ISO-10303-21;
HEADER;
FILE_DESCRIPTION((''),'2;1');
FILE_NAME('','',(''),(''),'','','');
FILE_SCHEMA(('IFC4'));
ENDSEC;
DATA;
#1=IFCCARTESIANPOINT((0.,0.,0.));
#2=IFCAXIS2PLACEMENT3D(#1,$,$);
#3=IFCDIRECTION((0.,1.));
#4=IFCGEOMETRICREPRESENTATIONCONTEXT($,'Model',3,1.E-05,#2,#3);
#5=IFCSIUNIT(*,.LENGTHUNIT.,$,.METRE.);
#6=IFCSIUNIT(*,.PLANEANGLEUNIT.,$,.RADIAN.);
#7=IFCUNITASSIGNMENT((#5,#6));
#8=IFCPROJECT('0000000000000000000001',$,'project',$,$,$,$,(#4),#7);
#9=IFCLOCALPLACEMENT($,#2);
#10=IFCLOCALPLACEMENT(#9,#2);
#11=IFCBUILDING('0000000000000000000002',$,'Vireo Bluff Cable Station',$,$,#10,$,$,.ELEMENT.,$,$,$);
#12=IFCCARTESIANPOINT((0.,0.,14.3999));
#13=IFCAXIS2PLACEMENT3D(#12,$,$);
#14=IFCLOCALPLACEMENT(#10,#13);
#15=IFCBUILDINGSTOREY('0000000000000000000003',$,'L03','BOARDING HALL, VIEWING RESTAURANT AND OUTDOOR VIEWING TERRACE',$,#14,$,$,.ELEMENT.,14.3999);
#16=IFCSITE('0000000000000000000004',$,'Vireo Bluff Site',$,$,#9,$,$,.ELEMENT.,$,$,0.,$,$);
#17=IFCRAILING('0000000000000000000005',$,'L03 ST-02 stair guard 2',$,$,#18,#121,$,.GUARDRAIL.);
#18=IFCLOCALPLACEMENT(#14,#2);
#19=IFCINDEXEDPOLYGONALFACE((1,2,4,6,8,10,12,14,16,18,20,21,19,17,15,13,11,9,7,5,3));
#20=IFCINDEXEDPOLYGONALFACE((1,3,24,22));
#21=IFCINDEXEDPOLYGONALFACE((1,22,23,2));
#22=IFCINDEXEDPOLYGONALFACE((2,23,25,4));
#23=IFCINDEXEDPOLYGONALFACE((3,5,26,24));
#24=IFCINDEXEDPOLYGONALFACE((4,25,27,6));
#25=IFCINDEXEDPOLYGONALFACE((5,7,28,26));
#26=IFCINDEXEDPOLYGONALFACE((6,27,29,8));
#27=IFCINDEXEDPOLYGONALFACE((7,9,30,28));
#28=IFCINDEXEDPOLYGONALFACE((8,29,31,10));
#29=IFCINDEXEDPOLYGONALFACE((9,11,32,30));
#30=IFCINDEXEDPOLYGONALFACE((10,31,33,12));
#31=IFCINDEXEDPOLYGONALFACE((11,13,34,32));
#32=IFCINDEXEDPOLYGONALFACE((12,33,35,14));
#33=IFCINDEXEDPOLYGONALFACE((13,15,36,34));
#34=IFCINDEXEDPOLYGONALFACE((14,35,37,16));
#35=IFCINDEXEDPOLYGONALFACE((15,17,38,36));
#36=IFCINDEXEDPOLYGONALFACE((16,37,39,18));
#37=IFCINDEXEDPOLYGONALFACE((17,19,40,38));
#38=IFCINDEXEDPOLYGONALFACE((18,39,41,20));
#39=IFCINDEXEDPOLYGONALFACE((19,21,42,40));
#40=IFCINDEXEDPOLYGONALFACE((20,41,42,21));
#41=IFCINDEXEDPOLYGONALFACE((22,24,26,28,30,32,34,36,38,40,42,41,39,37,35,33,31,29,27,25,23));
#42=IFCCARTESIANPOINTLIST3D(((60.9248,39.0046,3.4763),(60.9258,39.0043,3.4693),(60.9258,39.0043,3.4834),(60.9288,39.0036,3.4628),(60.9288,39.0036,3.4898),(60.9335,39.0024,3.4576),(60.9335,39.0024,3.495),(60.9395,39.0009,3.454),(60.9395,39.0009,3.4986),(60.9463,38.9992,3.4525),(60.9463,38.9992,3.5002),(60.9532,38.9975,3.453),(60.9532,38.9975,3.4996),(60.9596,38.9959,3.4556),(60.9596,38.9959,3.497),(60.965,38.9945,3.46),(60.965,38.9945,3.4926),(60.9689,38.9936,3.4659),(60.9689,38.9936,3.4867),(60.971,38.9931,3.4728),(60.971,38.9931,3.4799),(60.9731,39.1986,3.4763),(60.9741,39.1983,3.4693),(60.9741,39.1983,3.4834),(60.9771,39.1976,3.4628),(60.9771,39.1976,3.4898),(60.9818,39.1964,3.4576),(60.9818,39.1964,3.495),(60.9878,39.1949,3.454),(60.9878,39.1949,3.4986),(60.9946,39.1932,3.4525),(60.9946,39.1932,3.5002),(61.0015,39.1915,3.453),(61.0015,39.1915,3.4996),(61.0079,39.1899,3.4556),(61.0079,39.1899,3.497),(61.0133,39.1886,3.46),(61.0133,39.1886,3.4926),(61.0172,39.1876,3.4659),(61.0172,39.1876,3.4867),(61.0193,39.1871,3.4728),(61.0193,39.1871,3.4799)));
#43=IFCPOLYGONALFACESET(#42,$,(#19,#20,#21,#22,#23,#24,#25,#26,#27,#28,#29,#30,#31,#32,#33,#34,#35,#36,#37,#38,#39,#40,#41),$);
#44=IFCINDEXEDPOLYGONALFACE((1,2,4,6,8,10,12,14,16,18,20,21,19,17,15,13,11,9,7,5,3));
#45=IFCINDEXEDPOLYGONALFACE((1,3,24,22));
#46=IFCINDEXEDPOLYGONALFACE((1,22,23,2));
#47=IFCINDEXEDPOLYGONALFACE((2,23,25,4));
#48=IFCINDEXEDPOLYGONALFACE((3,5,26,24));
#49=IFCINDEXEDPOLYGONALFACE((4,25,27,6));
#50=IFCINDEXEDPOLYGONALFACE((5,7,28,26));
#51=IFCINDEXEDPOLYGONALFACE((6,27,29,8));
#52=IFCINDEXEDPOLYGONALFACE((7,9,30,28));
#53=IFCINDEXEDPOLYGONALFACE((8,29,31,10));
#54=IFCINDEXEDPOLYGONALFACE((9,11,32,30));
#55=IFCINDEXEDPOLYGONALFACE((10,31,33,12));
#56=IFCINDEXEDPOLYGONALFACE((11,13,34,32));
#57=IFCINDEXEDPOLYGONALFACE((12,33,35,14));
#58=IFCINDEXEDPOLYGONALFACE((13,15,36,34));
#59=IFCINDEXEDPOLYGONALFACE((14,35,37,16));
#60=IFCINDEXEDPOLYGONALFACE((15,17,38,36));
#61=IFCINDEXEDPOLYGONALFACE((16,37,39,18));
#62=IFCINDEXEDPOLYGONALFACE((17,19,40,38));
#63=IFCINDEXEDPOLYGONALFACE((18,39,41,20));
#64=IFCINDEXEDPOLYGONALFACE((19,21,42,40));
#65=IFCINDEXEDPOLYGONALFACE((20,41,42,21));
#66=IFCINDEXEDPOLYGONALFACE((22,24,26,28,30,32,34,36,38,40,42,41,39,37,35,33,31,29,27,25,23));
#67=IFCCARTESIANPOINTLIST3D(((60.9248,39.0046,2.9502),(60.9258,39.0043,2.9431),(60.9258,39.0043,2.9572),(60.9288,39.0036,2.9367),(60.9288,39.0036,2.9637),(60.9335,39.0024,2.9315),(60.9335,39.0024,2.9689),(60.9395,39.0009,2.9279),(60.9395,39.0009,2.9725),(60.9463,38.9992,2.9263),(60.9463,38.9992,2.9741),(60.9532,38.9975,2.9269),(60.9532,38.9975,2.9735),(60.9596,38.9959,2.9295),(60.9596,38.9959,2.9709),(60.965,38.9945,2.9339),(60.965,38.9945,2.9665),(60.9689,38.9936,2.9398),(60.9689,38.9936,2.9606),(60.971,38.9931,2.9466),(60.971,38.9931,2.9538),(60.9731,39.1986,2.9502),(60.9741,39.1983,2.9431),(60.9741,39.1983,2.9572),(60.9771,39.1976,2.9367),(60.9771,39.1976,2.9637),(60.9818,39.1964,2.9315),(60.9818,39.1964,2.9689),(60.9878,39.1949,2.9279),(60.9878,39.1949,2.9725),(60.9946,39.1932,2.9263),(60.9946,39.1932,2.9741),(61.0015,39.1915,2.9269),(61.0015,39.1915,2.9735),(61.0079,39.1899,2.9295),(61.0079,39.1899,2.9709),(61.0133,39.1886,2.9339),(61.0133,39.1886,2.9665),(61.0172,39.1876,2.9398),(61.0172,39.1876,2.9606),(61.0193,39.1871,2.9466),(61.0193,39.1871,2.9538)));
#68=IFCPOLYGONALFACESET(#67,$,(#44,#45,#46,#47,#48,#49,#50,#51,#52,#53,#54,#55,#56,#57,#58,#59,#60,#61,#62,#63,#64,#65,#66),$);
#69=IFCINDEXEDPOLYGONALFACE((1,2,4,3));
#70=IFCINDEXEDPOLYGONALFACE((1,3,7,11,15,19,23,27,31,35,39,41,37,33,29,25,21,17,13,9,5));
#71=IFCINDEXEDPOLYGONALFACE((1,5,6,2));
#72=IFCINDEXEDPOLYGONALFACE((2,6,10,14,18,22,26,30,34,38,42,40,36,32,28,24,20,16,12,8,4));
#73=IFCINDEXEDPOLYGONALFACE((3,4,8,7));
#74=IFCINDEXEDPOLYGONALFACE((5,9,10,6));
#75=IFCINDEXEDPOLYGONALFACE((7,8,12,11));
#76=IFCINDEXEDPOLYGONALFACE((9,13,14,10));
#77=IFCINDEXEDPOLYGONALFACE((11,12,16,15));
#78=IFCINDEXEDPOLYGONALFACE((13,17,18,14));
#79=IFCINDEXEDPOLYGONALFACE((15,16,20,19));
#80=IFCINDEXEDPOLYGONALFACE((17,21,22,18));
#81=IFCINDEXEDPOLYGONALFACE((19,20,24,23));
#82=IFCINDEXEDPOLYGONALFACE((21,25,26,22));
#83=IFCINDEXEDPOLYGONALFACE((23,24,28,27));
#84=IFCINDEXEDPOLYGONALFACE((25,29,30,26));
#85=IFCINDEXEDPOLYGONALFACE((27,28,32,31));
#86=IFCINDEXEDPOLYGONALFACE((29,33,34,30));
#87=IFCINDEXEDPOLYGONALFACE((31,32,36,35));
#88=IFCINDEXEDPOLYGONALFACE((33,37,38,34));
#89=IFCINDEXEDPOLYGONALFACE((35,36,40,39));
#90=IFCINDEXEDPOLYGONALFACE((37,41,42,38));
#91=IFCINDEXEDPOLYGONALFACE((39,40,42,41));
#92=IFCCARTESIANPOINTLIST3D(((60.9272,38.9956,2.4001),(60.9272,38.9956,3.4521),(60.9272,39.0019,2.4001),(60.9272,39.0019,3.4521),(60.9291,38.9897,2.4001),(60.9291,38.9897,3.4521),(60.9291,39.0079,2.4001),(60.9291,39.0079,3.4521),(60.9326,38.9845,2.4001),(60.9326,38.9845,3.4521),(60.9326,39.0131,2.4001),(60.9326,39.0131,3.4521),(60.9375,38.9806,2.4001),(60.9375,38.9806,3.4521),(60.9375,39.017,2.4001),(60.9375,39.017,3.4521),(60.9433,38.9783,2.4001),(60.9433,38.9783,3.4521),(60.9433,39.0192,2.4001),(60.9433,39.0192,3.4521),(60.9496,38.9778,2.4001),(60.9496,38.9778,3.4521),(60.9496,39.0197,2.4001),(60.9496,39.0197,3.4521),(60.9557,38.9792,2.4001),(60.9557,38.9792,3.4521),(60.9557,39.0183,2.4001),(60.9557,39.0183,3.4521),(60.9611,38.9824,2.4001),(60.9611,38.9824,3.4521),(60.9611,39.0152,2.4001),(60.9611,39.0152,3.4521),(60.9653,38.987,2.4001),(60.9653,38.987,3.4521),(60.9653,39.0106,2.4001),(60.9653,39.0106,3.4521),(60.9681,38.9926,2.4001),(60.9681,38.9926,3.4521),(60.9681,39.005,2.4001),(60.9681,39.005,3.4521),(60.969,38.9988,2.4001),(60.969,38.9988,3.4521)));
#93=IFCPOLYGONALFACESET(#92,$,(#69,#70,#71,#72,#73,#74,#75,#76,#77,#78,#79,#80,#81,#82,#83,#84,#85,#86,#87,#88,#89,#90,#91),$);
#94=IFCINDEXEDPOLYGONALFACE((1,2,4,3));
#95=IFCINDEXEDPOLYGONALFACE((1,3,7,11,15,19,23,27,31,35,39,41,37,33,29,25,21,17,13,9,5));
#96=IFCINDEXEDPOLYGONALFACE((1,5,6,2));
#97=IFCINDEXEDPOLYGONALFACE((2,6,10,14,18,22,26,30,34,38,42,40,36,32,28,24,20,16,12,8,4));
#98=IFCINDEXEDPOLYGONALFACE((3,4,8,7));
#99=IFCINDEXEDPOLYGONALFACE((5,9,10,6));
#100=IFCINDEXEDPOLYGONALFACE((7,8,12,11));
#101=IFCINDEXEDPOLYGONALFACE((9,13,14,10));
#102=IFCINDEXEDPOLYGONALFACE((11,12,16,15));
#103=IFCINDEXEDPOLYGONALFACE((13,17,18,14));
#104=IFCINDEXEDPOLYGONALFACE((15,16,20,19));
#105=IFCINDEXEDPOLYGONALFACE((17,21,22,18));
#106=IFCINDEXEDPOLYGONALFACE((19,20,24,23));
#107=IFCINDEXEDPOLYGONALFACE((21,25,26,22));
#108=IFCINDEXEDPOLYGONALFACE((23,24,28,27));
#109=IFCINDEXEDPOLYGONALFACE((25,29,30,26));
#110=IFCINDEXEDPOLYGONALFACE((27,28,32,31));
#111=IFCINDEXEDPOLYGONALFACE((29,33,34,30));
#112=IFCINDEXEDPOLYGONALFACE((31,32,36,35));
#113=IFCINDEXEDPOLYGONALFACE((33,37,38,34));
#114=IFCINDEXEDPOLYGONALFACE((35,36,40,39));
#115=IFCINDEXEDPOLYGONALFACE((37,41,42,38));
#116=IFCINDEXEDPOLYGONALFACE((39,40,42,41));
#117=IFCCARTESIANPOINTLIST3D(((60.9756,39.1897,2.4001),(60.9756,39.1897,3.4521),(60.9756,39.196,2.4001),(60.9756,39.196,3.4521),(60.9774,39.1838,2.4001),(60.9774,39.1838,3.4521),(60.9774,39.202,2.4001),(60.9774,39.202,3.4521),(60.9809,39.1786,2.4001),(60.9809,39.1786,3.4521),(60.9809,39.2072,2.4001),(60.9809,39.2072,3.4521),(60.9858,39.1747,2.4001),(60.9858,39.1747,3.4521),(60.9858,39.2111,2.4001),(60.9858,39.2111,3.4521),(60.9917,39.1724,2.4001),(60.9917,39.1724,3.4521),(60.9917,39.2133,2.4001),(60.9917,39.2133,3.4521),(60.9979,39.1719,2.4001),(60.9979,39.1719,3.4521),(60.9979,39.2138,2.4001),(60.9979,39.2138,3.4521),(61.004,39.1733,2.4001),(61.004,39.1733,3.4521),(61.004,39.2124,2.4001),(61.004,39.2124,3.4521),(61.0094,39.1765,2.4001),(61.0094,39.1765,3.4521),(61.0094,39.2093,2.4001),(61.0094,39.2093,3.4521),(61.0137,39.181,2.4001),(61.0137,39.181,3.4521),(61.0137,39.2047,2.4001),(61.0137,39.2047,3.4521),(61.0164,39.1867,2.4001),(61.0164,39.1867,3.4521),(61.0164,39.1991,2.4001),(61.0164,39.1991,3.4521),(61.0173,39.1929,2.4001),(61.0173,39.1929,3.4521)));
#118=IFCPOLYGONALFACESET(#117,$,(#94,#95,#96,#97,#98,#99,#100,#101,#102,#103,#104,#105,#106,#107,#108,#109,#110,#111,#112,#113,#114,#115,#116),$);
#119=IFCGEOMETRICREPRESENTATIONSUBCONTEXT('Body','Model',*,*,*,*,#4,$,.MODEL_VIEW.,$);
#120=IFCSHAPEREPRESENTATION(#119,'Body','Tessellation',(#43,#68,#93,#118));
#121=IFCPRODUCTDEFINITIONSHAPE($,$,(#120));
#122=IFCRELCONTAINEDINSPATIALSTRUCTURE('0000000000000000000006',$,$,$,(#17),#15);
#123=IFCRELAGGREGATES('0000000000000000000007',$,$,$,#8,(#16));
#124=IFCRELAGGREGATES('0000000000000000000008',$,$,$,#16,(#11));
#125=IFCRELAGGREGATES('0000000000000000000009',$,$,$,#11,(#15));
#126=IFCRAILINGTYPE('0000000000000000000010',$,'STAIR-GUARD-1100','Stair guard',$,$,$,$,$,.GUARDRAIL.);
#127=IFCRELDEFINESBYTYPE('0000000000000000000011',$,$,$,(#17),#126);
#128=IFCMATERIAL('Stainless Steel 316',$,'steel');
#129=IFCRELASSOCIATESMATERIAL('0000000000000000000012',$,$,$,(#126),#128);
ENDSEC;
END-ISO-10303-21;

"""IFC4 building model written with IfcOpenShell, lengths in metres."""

from ifc_helpers import new_model, si_unit, direction, frame, origin, origin_2d, place, context, subcontext, project, spatial, circle, extrude, material, type_object, element, save


model = new_model("IFC4")

# Units and contexts
model_context = context("Model", 3, precision=1e-05, world=origin(), true_north=direction((0.0, 1.0)))
body_context = subcontext(model_context, "Body", "Model", "MODEL_VIEW")
ifc_project = project(units=[si_unit("LENGTHUNIT", "METRE"), si_unit("PLANEANGLEUNIT", "RADIAN")], contexts=[model_context])

# Site, building, storey
site_placement = place(None, origin())
site = spatial("IfcSite", under=ifc_project, at=site_placement, Name="Vireo Bluff Site", CompositionType="ELEMENT", RefElevation=0.0)
building_placement = place(site_placement, origin())
building = spatial("IfcBuilding", under=site, at=building_placement, Name="Vireo Bluff Cable Station", CompositionType="ELEMENT")
storey_placement = place(building_placement, frame((0.0, 0.0, 14.3999)))
storey = spatial("IfcBuildingStorey", under=building, at=storey_placement, Name="L03", Description="BOARDING HALL, VIEWING RESTAURANT AND OUTDOOR VIEWING TERRACE", CompositionType="ELEMENT", Elevation=14.3999)

# Shared definitions
ifc_material_1 = material(Name="Stainless Steel 316", Category="steel")

# Railing
railing_type_1 = type_object("IfcRailingType", Name="STAIR-GUARD-1100", Description="Stair guard", PredefinedType="GUARDRAIL", material=ifc_material_1)
railing_1_placement = place(storey_placement, frame((60.948, 38.9988, 2.4001)))
element("IfcRailing", 1, at=railing_1_placement, inside=storey, type_object=railing_type_1, Name="L03 ST-02 stair guard 2", PredefinedType="GUARDRAIL", context=body_context, shape_type="SweptSolid", body=[
    extrude(circle(Radius=0.0239, at=origin_2d()), frame((0.0, 0.0, 1.0762), z_axis=(0.241674, 0.970358, 0.0), x_axis=(-0.970358, 0.241674, 0.0)), (0.0, 0.0, 1.0), 0.2),
    extrude(circle(Radius=0.0239, at=origin_2d()), frame((0.0, 0.0, 0.55), z_axis=(0.241674, 0.970358, 0.0), x_axis=(-0.970358, 0.241674, 0.0)), (0.0, 0.0, 1.0), 0.2),
    extrude(circle(Radius=0.021, at=origin_2d()), origin(), (0.0, 0.0, 1.0), 1.052),
    extrude(circle(Radius=0.021, at=origin_2d()), frame((0.0483, 0.1941, 0.0)), (0.0, 0.0, 1.0), 1.052),
])

save(model, "model.ifc")
